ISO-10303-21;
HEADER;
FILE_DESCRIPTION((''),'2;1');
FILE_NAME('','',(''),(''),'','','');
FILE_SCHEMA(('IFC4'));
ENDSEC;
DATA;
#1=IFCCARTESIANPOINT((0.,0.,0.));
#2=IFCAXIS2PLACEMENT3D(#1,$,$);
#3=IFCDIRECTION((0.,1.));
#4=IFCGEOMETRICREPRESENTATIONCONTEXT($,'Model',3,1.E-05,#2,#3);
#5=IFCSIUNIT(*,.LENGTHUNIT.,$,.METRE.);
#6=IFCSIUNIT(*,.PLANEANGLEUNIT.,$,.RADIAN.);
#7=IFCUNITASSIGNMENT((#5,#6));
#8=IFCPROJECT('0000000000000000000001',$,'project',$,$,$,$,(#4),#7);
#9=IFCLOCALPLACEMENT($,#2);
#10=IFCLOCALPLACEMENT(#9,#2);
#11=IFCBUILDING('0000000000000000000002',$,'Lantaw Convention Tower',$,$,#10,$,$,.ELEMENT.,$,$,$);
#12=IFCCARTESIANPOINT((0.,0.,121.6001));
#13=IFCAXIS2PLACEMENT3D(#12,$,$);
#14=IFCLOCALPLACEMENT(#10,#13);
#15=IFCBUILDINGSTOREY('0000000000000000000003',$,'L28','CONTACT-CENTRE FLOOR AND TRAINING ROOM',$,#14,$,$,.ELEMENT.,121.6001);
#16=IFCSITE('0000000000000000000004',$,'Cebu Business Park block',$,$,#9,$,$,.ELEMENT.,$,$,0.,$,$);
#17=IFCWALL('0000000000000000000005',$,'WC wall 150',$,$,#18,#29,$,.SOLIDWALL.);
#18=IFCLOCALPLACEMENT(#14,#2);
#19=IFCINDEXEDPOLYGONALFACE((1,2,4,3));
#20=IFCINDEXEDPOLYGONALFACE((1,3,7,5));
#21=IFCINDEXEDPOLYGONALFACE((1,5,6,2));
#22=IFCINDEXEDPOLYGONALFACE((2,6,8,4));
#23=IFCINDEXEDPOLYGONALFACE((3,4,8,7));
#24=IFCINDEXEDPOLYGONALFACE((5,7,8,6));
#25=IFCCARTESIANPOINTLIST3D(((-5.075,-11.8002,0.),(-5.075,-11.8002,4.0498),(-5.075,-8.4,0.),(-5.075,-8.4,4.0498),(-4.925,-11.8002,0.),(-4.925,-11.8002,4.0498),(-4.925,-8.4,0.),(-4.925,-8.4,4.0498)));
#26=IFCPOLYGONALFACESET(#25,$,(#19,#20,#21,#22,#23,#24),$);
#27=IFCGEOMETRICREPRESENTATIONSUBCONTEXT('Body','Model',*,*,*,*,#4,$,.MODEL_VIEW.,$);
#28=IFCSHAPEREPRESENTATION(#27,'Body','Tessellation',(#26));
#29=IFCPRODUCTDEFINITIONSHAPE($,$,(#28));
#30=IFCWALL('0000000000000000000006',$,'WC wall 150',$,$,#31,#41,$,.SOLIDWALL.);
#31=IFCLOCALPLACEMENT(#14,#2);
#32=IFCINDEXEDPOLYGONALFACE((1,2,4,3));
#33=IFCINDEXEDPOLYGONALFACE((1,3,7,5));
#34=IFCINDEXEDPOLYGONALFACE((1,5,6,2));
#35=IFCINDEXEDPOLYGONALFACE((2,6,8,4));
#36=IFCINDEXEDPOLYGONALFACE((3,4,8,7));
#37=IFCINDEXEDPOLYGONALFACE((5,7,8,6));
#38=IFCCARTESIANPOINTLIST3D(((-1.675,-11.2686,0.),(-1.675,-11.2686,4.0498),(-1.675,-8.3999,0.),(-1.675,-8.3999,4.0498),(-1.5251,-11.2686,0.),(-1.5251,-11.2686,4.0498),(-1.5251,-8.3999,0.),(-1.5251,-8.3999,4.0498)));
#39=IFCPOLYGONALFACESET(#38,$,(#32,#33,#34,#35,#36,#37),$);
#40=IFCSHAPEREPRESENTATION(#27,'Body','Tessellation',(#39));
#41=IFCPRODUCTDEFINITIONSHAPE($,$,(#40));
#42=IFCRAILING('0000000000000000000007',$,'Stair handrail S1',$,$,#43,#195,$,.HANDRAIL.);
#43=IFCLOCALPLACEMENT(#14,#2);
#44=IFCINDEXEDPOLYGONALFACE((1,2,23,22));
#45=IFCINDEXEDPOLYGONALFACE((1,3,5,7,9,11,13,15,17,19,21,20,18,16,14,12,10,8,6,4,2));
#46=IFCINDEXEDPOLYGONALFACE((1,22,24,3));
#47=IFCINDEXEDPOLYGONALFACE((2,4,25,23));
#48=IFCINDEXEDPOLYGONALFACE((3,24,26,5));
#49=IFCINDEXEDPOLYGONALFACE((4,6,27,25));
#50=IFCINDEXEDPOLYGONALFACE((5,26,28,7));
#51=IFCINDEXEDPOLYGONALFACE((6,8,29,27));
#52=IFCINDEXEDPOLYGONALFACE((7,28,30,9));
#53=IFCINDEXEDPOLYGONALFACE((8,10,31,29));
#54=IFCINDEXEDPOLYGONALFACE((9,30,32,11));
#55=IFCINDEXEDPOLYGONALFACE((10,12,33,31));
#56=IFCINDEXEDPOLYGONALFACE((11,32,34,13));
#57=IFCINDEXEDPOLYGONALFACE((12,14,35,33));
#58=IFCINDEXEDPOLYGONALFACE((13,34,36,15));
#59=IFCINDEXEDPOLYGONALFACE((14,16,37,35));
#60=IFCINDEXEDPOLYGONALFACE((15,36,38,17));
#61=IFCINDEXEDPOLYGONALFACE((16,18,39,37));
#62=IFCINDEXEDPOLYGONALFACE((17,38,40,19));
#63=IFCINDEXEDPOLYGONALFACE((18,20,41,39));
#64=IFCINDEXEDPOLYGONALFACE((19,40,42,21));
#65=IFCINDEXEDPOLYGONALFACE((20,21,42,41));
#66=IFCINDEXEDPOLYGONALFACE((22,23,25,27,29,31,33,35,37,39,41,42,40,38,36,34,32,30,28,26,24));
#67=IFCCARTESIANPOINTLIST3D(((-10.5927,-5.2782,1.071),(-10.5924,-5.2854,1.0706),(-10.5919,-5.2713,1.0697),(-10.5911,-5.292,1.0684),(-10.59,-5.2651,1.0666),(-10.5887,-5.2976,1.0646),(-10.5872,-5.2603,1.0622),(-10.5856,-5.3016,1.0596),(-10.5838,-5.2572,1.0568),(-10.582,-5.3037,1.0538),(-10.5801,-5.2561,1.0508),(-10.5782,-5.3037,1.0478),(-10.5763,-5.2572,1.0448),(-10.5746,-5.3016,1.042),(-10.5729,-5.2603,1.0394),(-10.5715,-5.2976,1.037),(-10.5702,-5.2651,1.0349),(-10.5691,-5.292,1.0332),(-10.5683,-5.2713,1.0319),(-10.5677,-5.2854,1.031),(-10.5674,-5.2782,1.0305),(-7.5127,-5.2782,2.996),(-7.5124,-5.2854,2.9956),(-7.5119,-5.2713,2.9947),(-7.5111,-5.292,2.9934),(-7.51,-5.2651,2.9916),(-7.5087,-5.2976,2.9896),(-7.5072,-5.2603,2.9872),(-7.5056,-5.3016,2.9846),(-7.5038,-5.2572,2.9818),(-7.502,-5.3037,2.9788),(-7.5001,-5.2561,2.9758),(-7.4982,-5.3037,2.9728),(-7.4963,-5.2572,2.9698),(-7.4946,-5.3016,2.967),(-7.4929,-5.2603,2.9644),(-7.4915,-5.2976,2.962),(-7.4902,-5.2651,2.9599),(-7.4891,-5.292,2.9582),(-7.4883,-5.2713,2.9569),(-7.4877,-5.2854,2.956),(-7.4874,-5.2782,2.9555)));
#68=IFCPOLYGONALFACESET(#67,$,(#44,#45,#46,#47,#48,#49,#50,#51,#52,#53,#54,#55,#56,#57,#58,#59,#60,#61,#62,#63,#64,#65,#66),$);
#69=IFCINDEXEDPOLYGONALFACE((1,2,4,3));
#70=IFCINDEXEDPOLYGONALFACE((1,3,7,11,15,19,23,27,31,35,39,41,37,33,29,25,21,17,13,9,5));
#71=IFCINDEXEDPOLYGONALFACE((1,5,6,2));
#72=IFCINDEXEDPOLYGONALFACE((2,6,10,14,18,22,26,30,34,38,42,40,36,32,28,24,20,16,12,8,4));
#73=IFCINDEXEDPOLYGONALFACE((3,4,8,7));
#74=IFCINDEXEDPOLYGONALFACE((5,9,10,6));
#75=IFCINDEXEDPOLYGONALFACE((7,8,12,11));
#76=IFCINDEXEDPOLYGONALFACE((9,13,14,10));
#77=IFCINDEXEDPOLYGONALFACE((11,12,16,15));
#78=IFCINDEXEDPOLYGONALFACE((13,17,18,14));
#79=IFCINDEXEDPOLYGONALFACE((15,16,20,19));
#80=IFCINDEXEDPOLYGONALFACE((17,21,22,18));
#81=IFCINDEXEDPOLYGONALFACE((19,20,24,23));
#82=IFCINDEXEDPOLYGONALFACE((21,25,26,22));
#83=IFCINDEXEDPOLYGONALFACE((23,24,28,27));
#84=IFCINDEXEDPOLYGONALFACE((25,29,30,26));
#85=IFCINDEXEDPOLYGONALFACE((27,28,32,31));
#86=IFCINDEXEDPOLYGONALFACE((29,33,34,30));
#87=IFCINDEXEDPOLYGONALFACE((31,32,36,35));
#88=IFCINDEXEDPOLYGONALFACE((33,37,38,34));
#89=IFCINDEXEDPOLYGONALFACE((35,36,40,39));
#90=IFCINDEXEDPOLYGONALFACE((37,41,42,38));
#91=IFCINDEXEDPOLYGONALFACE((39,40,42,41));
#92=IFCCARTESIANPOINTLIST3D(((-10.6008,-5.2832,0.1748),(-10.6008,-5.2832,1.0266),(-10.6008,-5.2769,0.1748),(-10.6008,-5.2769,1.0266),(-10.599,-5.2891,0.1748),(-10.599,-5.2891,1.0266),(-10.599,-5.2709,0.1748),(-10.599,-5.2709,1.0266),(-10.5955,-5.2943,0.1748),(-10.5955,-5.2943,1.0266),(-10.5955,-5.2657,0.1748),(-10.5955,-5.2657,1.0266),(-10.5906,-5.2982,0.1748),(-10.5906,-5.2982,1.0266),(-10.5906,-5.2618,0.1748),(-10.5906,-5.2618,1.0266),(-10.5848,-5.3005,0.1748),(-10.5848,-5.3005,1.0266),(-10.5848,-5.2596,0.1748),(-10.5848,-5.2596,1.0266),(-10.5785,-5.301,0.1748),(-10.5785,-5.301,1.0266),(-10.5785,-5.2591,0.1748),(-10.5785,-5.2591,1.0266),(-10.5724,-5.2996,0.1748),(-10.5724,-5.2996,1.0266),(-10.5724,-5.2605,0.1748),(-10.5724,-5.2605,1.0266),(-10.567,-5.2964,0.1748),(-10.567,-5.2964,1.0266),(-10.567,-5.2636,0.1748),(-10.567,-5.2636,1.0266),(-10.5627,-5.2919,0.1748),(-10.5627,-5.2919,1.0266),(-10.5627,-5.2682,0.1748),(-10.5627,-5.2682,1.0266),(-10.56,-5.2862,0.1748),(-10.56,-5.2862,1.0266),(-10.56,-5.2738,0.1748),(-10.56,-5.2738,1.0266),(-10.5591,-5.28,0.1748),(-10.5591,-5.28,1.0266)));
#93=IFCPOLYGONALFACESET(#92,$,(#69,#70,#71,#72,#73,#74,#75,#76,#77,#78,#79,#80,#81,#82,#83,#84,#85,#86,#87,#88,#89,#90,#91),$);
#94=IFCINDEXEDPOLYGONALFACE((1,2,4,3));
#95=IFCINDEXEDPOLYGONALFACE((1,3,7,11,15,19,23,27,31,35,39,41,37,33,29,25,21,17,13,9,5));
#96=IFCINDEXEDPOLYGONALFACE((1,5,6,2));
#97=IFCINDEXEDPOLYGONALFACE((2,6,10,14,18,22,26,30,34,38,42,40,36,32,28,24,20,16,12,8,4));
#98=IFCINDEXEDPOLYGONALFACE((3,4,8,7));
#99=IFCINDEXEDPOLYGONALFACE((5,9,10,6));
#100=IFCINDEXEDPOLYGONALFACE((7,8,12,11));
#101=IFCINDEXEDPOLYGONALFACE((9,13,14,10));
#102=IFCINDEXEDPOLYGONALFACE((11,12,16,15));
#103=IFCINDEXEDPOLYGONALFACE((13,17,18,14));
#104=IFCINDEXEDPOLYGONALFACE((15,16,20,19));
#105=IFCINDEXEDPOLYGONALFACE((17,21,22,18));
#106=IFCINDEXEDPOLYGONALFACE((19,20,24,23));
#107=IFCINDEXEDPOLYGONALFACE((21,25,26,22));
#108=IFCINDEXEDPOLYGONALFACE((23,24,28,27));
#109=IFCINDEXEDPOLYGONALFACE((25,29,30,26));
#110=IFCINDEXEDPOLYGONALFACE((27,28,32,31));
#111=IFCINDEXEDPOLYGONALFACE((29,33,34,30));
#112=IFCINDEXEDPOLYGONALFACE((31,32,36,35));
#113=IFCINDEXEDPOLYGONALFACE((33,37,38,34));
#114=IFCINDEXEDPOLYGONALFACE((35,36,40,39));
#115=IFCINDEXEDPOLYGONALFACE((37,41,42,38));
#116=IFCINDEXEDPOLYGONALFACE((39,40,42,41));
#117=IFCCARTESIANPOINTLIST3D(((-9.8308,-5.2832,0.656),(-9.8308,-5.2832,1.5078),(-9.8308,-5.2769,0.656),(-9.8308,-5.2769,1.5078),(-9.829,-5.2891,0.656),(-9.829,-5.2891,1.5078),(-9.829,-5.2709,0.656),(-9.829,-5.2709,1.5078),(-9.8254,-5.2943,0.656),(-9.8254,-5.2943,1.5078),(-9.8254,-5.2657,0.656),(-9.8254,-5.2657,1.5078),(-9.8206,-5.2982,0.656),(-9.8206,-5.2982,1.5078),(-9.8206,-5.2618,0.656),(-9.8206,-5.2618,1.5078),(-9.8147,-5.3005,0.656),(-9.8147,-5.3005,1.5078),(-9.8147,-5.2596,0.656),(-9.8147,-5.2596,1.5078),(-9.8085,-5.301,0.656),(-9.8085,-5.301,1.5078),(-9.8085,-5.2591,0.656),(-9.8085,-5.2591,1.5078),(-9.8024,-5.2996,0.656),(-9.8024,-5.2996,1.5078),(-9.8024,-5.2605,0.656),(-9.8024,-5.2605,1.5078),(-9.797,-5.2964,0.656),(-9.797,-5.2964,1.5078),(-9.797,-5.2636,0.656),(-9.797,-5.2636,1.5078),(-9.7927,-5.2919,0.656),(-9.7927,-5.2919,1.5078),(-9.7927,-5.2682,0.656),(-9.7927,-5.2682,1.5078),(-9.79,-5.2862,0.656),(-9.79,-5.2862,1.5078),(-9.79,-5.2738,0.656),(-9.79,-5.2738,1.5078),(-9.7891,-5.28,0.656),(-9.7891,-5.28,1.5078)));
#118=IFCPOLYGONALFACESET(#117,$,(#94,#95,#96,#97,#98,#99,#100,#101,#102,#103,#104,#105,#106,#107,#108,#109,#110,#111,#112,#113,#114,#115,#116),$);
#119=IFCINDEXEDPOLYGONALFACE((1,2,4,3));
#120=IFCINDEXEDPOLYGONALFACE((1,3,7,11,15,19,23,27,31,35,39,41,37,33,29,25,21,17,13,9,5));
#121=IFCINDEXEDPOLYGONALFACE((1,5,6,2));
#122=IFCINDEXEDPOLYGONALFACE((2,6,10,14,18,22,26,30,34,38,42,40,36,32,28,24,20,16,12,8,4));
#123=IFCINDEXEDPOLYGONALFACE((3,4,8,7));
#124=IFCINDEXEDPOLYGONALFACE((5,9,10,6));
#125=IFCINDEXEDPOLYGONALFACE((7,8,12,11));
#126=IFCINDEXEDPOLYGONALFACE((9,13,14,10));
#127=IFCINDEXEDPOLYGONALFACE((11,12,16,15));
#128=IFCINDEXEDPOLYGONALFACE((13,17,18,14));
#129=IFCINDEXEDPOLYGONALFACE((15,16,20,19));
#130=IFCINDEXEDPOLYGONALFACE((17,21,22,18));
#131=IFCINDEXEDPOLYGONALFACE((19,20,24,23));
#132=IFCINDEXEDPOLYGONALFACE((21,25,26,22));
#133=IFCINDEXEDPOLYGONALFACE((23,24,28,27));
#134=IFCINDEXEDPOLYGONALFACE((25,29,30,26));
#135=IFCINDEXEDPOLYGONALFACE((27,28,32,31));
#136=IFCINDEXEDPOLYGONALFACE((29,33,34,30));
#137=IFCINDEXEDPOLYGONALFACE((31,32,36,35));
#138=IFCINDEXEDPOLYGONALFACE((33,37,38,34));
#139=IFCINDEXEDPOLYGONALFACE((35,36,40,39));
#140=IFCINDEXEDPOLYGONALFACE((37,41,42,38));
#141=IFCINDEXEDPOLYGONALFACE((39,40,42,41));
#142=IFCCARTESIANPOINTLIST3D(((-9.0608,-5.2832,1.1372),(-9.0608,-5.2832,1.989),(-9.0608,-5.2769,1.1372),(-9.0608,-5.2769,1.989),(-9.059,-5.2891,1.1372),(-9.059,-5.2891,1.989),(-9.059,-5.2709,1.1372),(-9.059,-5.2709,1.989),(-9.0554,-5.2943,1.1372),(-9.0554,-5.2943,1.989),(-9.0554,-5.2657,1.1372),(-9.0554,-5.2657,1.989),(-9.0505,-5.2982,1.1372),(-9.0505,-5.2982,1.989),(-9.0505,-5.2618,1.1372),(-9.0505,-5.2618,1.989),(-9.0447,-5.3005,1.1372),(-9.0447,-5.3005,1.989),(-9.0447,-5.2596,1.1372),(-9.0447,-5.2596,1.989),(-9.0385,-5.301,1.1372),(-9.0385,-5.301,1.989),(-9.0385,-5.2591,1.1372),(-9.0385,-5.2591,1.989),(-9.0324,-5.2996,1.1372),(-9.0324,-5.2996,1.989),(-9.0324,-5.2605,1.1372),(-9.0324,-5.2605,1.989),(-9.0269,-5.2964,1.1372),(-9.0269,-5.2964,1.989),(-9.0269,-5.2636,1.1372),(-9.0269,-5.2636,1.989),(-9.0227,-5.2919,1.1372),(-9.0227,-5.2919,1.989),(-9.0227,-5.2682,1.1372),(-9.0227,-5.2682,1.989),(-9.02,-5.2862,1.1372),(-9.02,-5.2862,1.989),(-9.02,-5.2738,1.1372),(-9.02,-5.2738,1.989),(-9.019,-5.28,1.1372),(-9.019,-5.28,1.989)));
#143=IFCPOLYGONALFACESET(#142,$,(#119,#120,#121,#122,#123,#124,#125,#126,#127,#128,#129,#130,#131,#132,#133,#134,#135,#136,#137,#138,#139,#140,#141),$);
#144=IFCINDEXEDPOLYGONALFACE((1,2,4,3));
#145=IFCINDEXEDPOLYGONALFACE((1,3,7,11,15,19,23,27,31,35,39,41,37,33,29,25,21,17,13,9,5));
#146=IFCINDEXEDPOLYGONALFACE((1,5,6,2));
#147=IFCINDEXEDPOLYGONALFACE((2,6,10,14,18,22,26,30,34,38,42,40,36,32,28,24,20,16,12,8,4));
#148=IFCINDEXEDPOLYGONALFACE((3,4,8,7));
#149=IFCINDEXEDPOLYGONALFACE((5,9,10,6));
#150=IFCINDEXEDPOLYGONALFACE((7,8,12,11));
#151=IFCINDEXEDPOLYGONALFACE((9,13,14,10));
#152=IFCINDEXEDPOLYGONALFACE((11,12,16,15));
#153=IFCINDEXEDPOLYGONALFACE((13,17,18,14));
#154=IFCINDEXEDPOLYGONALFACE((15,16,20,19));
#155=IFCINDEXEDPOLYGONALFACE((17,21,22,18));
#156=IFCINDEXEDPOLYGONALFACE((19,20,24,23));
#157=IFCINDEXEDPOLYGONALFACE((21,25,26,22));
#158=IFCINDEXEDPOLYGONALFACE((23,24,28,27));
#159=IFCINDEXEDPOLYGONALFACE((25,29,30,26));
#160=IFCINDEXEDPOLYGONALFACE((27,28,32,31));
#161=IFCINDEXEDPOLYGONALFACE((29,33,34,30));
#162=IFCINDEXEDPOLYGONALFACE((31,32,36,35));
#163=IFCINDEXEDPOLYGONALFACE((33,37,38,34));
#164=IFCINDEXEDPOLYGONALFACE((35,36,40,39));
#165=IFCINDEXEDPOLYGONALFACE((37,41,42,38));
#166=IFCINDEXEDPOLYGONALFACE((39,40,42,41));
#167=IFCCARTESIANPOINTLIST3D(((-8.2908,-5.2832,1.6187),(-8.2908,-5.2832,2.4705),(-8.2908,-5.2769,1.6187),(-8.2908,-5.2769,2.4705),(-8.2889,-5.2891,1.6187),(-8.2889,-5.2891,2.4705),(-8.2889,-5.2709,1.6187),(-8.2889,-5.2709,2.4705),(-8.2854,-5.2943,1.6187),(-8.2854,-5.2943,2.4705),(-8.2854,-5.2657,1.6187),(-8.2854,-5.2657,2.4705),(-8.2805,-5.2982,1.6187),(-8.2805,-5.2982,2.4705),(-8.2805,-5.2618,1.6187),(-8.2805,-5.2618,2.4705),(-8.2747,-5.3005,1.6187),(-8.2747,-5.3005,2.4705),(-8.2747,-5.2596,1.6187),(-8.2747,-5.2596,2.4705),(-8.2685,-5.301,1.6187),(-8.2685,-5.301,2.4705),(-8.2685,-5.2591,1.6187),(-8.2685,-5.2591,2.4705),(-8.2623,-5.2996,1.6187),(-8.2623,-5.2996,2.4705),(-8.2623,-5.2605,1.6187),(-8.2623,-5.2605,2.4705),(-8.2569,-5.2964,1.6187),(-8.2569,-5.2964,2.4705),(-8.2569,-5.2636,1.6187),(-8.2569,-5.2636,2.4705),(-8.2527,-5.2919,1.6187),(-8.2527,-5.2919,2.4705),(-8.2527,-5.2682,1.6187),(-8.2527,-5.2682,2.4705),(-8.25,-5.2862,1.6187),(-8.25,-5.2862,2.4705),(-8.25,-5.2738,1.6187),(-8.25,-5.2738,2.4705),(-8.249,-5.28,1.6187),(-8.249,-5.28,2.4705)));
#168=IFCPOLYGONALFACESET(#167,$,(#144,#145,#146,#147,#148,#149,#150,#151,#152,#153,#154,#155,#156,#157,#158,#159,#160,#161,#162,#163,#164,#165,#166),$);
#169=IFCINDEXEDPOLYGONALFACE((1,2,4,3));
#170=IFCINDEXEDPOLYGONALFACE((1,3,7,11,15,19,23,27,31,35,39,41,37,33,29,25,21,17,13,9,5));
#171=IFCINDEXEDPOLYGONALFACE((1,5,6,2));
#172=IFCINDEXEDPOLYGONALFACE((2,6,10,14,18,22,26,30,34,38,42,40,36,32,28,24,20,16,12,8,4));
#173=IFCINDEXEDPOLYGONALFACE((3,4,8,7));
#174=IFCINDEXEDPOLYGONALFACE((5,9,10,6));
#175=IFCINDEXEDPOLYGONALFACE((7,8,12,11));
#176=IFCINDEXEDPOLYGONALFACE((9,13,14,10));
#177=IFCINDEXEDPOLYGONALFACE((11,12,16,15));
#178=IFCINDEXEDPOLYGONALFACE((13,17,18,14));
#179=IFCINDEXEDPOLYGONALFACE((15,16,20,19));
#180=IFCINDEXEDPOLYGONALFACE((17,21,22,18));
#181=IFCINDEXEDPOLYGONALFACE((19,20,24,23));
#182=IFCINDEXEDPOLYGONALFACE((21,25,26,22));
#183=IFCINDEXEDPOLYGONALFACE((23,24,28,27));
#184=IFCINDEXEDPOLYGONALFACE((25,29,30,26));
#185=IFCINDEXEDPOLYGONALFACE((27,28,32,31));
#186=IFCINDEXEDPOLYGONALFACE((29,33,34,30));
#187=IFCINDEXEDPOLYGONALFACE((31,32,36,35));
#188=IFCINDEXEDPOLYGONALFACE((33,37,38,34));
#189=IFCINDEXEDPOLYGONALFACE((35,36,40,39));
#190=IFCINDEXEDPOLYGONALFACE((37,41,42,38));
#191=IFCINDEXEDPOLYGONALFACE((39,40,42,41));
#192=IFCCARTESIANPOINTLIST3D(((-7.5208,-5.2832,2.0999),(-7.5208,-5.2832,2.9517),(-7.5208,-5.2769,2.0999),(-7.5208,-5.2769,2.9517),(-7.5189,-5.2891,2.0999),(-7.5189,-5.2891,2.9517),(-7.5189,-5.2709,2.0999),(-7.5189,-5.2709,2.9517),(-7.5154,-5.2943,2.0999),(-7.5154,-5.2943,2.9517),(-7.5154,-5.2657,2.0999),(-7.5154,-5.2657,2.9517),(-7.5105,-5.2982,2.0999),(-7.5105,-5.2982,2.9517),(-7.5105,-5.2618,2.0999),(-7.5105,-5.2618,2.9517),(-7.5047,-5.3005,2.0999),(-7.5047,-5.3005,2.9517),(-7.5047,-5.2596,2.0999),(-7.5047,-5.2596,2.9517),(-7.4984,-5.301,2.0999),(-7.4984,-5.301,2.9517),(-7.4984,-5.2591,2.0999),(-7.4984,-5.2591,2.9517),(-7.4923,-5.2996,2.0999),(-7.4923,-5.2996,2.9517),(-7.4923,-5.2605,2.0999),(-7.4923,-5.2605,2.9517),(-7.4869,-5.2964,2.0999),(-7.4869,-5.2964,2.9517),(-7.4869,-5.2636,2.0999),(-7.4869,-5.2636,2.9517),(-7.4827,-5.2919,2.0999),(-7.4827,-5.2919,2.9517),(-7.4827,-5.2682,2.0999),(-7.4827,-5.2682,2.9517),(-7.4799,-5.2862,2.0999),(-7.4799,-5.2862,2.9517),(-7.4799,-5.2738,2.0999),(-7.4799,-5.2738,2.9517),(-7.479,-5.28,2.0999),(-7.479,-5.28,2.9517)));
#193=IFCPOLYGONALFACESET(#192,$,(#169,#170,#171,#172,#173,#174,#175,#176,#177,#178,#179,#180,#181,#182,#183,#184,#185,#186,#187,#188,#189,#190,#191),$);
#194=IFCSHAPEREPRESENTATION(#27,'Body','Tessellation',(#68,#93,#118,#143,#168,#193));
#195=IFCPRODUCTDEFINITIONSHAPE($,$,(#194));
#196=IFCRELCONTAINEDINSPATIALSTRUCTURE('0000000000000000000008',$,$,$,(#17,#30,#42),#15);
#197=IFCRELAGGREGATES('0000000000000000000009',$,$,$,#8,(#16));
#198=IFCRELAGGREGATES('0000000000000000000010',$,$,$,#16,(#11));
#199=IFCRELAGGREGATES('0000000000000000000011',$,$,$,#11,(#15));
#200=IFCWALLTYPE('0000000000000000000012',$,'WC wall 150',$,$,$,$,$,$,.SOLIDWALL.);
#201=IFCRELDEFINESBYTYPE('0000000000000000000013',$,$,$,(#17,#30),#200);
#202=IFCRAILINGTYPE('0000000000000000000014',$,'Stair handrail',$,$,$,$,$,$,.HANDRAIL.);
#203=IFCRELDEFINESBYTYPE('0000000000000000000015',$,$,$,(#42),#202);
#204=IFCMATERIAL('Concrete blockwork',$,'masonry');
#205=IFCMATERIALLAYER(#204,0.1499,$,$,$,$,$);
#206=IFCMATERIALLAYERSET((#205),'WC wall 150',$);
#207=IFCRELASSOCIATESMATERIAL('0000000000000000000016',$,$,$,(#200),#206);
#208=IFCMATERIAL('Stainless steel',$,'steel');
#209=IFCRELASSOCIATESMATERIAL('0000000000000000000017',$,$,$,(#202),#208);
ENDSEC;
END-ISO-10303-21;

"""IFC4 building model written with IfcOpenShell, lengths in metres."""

from ifc_helpers import new_model, si_unit, direction, frame, frame_2d, origin, origin_2d, place, context, subcontext, project, spatial, rectangle, circle, extrude, material, layer, layer_set, type_object, element, save


model = new_model("IFC4")

# Units and contexts
model_context = context("Model", 3, precision=1e-05, world=origin(), true_north=direction((0.0, 1.0)))
body_context = subcontext(model_context, "Body", "Model", "MODEL_VIEW")
ifc_project = project(units=[si_unit("LENGTHUNIT", "METRE"), si_unit("PLANEANGLEUNIT", "RADIAN")], contexts=[model_context])

# Site, building, storey
site_placement = place(None, origin())
site = spatial("IfcSite", under=ifc_project, at=site_placement, Name="Cebu Business Park block", CompositionType="ELEMENT", RefElevation=0.0)
building_placement = place(site_placement, origin())
building = spatial("IfcBuilding", under=site, at=building_placement, Name="Lantaw Convention Tower", CompositionType="ELEMENT")
storey_placement = place(building_placement, frame((0.0, 0.0, 121.6001)))
storey = spatial("IfcBuildingStorey", under=building, at=storey_placement, Name="L28", Description="CONTACT-CENTRE FLOOR AND TRAINING ROOM", CompositionType="ELEMENT", Elevation=121.6001)

# Walls
ifc_material_1 = material(Name="Concrete blockwork", Category="masonry")
ifc_layer_1 = layer(ifc_material_1, 0.1499)
ifc_layer_set_1 = layer_set([ifc_layer_1], Name="WC wall 150")
wall_type_1 = type_object("IfcWallType", Name="WC wall 150", PredefinedType="SOLIDWALL", material=ifc_layer_set_1)
wall_1_placement = place(storey_placement, frame((-5.0, -8.3999, 0.0), z_axis=(0.0, 0.0, 1.0), x_axis=(0.0, -1.0, 0.0)))
element("IfcWall", 1, at=wall_1_placement, inside=storey, type_object=wall_type_1, Name="WC wall 150", PredefinedType="SOLIDWALL", context=body_context, shape_type="SweptSolid", body=[
    extrude(rectangle(XDim=3.4001, YDim=0.1499, at=frame_2d((1.7002, 0.0))), origin(), (0.0, 0.0, 1.0), 4.0498),
])
wall_2_placement = place(storey_placement, frame((-1.6001, -8.3999, 0.0), z_axis=(0.0, 0.0, 1.0), x_axis=(0.0, -1.0, 0.0)))
element("IfcWall", 2, at=wall_2_placement, inside=storey, type_object=wall_type_1, Name="WC wall 150", PredefinedType="SOLIDWALL", context=body_context, shape_type="SweptSolid", body=[
    extrude(rectangle(XDim=2.8687, YDim=0.1499, at=frame_2d((1.4343, 0.0))), origin(), (0.0, 0.0, 1.0), 4.0498),
])

# Railing
ifc_material_2 = material(Name="Stainless steel", Category="steel")
railing_type = type_object("IfcRailingType", Name="Stair handrail", PredefinedType="HANDRAIL", material=ifc_material_2)
railing_1_placement = place(storey_placement, frame((-10.5801, -5.28, 0.1748)))
element("IfcRailing", 3, at=railing_1_placement, inside=storey, type_object=railing_type, Name="Stair handrail S1", PredefinedType="HANDRAIL", context=body_context, shape_type="SweptSolid", body=[
    extrude(circle(Radius=0.0239, at=origin_2d()), frame((0.0, 0.0, 0.876), z_axis=(0.847998, 0.0, 0.529999), x_axis=(0.0, 1.0, 0.0)), (0.0, 0.0, 1.0), 3.6321),
    extrude(circle(Radius=0.021, at=origin_2d()), origin(), (0.0, 0.0, 1.0), 0.8518),
    extrude(circle(Radius=0.021, at=origin_2d()), frame((0.77, 0.0, 0.4812)), (0.0, 0.0, 1.0), 0.8518),
    extrude(circle(Radius=0.021, at=origin_2d()), frame((1.54, 0.0, 0.9624)), (0.0, 0.0, 1.0), 0.8518),
    extrude(circle(Radius=0.021, at=origin_2d()), frame((2.3101, 0.0, 1.4438)), (0.0, 0.0, 1.0), 0.8518),
    extrude(circle(Radius=0.021, at=origin_2d()), frame((3.0801, 0.0, 1.925)), (0.0, 0.0, 1.0), 0.8518),
])

save(model, "model.ifc")
